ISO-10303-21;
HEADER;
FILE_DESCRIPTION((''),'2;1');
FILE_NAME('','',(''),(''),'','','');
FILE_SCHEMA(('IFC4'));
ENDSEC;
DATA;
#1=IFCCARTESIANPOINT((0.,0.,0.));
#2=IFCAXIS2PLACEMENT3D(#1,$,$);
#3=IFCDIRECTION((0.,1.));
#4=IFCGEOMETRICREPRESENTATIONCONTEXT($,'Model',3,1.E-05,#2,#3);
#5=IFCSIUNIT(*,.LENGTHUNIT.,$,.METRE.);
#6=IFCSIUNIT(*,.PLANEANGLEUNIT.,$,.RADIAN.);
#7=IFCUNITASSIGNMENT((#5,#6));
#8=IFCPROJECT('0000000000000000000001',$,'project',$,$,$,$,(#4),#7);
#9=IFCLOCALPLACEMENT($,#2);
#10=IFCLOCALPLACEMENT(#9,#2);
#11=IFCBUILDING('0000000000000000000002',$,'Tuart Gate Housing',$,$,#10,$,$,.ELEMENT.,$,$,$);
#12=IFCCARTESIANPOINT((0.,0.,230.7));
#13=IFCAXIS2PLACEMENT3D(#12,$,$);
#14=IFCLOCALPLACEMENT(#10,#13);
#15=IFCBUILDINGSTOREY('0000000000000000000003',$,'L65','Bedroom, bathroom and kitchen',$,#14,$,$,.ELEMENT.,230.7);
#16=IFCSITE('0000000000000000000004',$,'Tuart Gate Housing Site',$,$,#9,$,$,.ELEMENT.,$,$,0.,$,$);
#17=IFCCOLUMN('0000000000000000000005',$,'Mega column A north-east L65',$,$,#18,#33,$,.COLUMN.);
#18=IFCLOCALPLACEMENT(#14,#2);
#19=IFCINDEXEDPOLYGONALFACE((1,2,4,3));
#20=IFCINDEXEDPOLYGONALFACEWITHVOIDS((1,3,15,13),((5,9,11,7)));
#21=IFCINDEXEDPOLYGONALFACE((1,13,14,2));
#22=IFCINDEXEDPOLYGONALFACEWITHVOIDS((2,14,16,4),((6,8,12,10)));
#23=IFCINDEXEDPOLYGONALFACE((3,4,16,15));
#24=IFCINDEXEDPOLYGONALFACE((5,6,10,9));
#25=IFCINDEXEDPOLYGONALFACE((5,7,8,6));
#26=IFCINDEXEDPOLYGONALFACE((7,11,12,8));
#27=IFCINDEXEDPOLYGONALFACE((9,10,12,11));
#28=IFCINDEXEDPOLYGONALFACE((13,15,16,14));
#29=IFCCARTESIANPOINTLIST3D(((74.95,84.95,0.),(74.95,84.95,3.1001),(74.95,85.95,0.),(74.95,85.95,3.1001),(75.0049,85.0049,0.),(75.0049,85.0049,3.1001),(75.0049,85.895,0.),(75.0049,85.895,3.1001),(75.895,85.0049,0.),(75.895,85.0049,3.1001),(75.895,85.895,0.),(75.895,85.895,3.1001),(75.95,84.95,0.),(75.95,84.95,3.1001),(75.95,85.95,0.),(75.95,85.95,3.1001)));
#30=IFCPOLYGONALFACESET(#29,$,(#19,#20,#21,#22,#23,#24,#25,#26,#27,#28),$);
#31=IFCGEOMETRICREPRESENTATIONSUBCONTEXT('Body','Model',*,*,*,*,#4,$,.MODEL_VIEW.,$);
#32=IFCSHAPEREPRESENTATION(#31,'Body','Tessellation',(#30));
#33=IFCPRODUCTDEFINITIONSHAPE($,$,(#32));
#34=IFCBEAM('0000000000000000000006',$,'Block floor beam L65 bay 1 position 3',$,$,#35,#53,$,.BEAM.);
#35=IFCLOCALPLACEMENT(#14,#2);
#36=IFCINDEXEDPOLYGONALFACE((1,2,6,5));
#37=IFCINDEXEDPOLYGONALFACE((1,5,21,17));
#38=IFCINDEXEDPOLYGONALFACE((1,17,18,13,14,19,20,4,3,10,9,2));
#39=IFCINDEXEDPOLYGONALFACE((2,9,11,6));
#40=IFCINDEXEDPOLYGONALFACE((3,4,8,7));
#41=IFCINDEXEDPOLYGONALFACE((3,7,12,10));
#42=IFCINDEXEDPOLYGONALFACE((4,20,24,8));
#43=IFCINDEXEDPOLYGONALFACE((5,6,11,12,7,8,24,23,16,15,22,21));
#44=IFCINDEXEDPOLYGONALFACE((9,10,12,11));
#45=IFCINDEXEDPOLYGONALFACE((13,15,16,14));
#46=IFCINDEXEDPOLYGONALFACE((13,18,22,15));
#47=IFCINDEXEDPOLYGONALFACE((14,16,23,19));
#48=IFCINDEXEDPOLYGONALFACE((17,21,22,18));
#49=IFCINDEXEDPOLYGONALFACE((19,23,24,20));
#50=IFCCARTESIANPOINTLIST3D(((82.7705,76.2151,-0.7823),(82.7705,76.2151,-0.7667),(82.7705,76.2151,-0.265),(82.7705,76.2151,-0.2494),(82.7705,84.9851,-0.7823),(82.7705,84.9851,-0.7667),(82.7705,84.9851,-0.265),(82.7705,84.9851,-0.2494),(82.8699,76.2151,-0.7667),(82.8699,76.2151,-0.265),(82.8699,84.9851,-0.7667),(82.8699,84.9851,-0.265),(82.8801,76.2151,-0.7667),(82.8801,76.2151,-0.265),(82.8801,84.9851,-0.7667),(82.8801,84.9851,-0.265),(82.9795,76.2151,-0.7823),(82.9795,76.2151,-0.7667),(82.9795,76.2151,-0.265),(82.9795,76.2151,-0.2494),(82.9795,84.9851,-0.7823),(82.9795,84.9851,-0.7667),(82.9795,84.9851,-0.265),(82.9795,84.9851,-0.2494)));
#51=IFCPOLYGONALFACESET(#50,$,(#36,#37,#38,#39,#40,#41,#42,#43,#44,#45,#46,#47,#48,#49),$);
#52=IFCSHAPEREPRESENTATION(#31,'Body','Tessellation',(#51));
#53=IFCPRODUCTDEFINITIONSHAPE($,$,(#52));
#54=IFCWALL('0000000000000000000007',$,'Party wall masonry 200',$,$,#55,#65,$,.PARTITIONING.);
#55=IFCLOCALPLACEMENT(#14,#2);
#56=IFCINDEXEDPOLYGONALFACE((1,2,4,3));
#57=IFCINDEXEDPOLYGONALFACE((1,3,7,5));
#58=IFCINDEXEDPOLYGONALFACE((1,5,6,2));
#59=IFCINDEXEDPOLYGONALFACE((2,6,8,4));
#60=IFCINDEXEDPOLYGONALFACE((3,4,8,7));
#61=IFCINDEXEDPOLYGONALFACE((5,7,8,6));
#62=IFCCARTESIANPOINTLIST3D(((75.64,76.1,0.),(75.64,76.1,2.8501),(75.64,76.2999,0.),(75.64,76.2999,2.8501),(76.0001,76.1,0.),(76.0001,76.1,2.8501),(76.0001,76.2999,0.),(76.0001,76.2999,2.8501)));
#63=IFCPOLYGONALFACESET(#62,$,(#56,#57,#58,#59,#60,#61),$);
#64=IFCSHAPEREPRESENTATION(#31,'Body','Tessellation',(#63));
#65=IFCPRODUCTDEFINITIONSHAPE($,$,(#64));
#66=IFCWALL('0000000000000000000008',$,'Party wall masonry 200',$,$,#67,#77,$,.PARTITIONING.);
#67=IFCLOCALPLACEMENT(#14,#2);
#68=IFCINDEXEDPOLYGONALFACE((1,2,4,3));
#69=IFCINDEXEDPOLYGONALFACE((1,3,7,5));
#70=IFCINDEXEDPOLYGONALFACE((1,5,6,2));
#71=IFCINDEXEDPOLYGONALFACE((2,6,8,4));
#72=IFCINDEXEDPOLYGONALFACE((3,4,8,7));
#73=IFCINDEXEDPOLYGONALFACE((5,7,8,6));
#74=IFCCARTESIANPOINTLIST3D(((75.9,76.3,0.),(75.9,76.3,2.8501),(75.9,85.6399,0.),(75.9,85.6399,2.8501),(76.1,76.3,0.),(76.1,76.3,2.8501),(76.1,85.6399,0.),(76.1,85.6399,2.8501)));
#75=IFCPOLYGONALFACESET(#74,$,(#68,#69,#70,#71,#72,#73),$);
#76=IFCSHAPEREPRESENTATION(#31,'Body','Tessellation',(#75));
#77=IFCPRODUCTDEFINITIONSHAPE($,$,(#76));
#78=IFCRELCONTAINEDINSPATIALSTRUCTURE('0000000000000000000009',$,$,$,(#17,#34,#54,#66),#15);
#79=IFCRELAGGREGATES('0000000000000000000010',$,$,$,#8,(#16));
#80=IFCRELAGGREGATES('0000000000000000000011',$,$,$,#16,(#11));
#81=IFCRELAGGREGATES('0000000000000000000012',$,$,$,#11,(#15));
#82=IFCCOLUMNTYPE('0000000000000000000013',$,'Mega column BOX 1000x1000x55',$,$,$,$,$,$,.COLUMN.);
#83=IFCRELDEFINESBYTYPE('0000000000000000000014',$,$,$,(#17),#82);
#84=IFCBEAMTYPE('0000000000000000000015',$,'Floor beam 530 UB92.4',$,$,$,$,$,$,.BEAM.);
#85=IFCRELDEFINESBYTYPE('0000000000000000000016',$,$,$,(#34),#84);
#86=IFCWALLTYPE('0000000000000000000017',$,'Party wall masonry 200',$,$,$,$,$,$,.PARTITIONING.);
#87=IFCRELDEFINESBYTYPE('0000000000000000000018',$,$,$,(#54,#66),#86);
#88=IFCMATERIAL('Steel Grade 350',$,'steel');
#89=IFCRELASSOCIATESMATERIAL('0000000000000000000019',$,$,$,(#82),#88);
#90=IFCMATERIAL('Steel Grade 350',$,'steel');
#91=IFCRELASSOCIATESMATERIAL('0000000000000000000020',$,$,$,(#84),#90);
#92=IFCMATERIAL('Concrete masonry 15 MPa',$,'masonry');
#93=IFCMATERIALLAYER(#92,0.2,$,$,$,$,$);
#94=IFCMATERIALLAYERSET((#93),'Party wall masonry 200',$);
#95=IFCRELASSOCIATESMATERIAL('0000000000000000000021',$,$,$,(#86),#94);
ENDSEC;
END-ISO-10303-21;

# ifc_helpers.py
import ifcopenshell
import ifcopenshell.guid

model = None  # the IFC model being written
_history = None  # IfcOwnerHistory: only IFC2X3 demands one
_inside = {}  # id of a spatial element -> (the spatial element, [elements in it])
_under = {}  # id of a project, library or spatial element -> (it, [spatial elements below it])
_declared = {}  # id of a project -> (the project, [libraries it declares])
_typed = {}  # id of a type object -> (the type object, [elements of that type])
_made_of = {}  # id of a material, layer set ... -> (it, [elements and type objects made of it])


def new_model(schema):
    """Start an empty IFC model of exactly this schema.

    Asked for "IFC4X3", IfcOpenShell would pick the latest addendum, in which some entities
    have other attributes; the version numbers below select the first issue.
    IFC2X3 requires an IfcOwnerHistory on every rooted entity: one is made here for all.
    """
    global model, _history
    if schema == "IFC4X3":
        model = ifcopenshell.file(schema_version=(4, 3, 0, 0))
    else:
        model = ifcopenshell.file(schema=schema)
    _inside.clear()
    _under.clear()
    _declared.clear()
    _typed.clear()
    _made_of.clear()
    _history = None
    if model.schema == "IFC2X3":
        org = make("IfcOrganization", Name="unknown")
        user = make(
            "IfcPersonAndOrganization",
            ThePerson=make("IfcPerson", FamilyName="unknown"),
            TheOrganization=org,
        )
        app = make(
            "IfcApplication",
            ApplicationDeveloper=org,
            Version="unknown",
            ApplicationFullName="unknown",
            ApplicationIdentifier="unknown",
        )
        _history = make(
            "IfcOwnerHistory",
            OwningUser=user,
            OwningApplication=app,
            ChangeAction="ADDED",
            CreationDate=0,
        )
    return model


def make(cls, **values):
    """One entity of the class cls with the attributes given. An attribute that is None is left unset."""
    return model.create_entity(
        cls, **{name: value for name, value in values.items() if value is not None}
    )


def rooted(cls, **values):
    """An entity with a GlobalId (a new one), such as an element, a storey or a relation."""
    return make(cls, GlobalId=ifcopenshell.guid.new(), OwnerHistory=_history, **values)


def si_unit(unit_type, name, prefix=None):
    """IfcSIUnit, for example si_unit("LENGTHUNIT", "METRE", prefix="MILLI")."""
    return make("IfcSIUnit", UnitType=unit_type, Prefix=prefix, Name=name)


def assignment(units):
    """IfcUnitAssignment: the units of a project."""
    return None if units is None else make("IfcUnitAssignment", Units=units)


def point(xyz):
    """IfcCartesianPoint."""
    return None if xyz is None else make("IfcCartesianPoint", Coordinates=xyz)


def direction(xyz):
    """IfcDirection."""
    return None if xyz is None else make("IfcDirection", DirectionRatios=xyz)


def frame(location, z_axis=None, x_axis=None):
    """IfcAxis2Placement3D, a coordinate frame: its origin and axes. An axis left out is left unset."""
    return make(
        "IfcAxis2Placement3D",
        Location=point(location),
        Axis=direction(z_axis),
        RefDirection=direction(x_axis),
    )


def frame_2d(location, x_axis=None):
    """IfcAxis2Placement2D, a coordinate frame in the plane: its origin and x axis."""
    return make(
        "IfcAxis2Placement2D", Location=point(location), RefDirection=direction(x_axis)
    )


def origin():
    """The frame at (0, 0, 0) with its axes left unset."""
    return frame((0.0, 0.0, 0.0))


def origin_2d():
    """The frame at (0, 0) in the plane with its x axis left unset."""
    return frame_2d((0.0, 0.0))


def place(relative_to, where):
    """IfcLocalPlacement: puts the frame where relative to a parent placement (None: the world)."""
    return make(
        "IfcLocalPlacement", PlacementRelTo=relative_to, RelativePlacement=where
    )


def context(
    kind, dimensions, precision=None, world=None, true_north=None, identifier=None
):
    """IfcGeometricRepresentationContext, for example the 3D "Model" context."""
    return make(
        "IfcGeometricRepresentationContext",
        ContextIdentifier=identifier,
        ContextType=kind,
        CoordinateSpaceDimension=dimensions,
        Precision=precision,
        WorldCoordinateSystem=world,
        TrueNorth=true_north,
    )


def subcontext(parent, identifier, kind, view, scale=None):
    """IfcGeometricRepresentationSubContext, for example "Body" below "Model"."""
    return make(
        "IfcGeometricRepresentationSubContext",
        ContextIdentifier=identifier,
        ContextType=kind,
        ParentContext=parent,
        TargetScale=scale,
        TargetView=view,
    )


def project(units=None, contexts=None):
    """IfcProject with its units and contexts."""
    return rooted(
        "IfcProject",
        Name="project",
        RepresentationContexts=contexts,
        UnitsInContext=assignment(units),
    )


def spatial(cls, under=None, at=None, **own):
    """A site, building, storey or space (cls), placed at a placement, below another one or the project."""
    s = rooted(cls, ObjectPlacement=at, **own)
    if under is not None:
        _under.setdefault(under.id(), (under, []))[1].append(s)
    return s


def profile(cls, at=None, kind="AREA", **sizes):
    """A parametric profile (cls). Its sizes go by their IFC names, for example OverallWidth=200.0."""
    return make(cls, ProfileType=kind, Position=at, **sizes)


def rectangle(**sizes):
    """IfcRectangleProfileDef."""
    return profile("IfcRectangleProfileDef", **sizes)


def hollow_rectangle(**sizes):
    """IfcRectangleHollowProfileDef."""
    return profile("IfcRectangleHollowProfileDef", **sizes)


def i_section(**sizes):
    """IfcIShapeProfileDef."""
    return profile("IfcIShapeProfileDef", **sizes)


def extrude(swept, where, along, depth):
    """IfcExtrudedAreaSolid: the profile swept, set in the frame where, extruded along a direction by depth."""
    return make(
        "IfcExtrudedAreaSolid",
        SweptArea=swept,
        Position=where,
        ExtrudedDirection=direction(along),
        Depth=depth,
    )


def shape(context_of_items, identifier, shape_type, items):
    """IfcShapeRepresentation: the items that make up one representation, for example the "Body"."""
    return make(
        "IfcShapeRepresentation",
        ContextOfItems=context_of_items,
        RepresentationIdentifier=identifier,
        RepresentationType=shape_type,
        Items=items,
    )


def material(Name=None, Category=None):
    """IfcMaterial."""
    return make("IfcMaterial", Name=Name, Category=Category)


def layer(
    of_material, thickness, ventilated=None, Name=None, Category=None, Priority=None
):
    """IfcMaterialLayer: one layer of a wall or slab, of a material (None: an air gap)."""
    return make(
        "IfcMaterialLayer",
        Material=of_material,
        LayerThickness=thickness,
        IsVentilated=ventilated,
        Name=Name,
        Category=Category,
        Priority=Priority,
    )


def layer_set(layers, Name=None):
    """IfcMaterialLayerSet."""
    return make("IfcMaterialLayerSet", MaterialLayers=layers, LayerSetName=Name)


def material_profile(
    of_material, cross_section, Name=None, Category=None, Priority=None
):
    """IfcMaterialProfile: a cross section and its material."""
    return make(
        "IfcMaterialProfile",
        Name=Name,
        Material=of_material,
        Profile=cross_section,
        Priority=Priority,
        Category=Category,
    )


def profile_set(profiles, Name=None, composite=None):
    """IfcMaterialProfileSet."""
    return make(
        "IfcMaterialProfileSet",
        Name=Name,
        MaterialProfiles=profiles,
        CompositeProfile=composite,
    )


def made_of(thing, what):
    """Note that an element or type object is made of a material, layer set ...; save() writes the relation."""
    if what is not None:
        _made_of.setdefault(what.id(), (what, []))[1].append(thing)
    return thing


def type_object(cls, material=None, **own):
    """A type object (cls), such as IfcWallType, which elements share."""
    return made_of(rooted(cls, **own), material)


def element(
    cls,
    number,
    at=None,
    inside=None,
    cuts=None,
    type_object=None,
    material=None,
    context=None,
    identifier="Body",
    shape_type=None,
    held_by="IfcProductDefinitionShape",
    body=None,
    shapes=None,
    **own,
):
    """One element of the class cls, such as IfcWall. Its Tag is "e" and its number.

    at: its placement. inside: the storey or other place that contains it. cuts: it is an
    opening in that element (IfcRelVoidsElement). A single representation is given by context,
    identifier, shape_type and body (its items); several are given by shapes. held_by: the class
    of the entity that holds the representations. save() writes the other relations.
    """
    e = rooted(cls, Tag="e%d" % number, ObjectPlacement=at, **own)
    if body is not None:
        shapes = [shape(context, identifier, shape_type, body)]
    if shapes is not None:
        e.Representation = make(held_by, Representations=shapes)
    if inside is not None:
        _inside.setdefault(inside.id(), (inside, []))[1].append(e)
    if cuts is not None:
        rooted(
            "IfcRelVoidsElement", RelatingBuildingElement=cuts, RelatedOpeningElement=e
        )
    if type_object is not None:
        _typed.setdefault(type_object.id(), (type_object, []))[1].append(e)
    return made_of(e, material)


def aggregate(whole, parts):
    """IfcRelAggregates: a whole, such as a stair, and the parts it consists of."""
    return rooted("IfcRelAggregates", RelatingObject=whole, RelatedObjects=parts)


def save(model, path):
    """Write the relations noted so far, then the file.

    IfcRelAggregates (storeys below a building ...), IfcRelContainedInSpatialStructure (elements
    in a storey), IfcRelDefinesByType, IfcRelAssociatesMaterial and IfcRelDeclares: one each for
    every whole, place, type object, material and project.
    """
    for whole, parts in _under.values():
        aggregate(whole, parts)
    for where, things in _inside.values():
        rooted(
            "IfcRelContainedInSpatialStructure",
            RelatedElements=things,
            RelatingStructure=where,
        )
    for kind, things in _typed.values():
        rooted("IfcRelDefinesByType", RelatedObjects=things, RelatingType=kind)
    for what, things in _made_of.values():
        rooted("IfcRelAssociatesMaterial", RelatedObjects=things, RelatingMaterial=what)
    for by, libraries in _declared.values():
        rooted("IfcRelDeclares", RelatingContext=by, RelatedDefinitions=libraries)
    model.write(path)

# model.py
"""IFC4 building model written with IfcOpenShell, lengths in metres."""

from ifc_helpers import new_model, si_unit, direction, frame, frame_2d, origin, origin_2d, place, context, subcontext, project, spatial, rectangle, hollow_rectangle, i_section, extrude, material, layer, layer_set, material_profile, profile_set, type_object, element, save


model = new_model("IFC4")

# Units and contexts
model_context = context("Model", 3, precision=1e-05, world=origin(), true_north=direction((0.0, 1.0)))
body_context = subcontext(model_context, "Body", "Model", "MODEL_VIEW")
ifc_project = project(units=[si_unit("LENGTHUNIT", "METRE"), si_unit("PLANEANGLEUNIT", "RADIAN")], contexts=[model_context])

# Site, building, storey
site_placement = place(None, origin())
site = spatial("IfcSite", under=ifc_project, at=site_placement, Name="Tuart Gate Housing Site", CompositionType="ELEMENT", RefElevation=0.0)
building_placement = place(site_placement, origin())
building = spatial("IfcBuilding", under=site, at=building_placement, Name="Tuart Gate Housing", CompositionType="ELEMENT")
storey_placement = place(building_placement, frame((0.0, 0.0, 230.7)))
storey = spatial("IfcBuildingStorey", under=building, at=storey_placement, Name="L65", Description="Bedroom, bathroom and kitchen", CompositionType="ELEMENT", Elevation=230.7)

# Column
ifc_material_1 = material(Name="Steel Grade 350", Category="steel")
ifc_material_profile_1 = material_profile(ifc_material_1, hollow_rectangle(XDim=1.0, YDim=1.0, WallThickness=0.0549, at=origin_2d()), Name="BOX 1000x1000x55")
ifc_profile_set_1 = profile_set([ifc_material_profile_1], Name="Steel Grade 350")
column_type = type_object("IfcColumnType", Name="Mega column BOX 1000x1000x55", PredefinedType="COLUMN", material=ifc_profile_set_1)
column_placement = place(storey_placement, frame((75.45, 85.45, 0.0), z_axis=(0.0, 0.0, 1.0), x_axis=(1.0, 0.0, 0.0)))
element("IfcColumn", 1, at=column_placement, inside=storey, type_object=column_type, Name="Mega column A north-east L65", PredefinedType="COLUMN", context=body_context, shape_type="SweptSolid", body=[
    extrude(hollow_rectangle(XDim=1.0, YDim=1.0, WallThickness=0.0549, at=origin_2d()), origin(), (0.0, 0.0, 1.0), 3.1001),
])

# Beam
ifc_material_2 = material(Name="Steel Grade 350", Category="steel")
ifc_material_profile_2 = material_profile(ifc_material_2, i_section(OverallWidth=0.209, OverallDepth=0.533, WebThickness=0.0103, FlangeThickness=0.0156, at=origin_2d()), Name="530UB92.4")
ifc_profile_set_2 = profile_set([ifc_material_profile_2], Name="Steel Grade 350")
beam_type = type_object("IfcBeamType", Name="Floor beam 530 UB92.4", PredefinedType="BEAM", material=ifc_profile_set_2)
beam_placement = place(storey_placement, frame((82.875, 76.2151, -0.5159), z_axis=(0.0, 1.0, 0.0), x_axis=(-1.0, 0.0, 0.0)))
element("IfcBeam", 2, at=beam_placement, inside=storey, type_object=beam_type, Name="Block floor beam L65 bay 1 position 3", PredefinedType="BEAM", context=body_context, shape_type="SweptSolid", body=[
    extrude(i_section(OverallWidth=0.209, OverallDepth=0.533, WebThickness=0.0103, FlangeThickness=0.0156, at=origin_2d()), origin(), (0.0, 0.0, 1.0), 8.77),
])

# Walls
ifc_material_3 = material(Name="Concrete masonry 15 MPa", Category="masonry")
ifc_layer_1 = layer(ifc_material_3, 0.2)
ifc_layer_set_1 = layer_set([ifc_layer_1], Name="Party wall masonry 200")
wall_type_1 = type_object("IfcWallType", Name="Party wall masonry 200", PredefinedType="PARTITIONING", material=ifc_layer_set_1)
wall_1_placement = place(storey_placement, frame((75.6399, 76.2, 0.0), z_axis=(0.0, 0.0, 1.0), x_axis=(1.0, 0.0, 0.0)))
element("IfcWall", 3, at=wall_1_placement, inside=storey, type_object=wall_type_1, Name="Party wall masonry 200", PredefinedType="PARTITIONING", context=body_context, shape_type="SweptSolid", body=[
    extrude(rectangle(XDim=0.3601, YDim=0.2, at=frame_2d((0.1802, 0.0))), origin(), (0.0, 0.0, 1.0), 2.8501),
])
wall_2_placement = place(storey_placement, frame((76.0, 76.3, 0.0), z_axis=(0.0, 0.0, 1.0), x_axis=(0.0, 1.0, 0.0)))
element("IfcWall", 4, at=wall_2_placement, inside=storey, type_object=wall_type_1, Name="Party wall masonry 200", PredefinedType="PARTITIONING", context=body_context, shape_type="SweptSolid", body=[
    extrude(rectangle(XDim=9.3398, YDim=0.2, at=frame_2d((4.6699, 0.0))), origin(), (0.0, 0.0, 1.0), 2.8501),
])

save(model, "model.ifc")
